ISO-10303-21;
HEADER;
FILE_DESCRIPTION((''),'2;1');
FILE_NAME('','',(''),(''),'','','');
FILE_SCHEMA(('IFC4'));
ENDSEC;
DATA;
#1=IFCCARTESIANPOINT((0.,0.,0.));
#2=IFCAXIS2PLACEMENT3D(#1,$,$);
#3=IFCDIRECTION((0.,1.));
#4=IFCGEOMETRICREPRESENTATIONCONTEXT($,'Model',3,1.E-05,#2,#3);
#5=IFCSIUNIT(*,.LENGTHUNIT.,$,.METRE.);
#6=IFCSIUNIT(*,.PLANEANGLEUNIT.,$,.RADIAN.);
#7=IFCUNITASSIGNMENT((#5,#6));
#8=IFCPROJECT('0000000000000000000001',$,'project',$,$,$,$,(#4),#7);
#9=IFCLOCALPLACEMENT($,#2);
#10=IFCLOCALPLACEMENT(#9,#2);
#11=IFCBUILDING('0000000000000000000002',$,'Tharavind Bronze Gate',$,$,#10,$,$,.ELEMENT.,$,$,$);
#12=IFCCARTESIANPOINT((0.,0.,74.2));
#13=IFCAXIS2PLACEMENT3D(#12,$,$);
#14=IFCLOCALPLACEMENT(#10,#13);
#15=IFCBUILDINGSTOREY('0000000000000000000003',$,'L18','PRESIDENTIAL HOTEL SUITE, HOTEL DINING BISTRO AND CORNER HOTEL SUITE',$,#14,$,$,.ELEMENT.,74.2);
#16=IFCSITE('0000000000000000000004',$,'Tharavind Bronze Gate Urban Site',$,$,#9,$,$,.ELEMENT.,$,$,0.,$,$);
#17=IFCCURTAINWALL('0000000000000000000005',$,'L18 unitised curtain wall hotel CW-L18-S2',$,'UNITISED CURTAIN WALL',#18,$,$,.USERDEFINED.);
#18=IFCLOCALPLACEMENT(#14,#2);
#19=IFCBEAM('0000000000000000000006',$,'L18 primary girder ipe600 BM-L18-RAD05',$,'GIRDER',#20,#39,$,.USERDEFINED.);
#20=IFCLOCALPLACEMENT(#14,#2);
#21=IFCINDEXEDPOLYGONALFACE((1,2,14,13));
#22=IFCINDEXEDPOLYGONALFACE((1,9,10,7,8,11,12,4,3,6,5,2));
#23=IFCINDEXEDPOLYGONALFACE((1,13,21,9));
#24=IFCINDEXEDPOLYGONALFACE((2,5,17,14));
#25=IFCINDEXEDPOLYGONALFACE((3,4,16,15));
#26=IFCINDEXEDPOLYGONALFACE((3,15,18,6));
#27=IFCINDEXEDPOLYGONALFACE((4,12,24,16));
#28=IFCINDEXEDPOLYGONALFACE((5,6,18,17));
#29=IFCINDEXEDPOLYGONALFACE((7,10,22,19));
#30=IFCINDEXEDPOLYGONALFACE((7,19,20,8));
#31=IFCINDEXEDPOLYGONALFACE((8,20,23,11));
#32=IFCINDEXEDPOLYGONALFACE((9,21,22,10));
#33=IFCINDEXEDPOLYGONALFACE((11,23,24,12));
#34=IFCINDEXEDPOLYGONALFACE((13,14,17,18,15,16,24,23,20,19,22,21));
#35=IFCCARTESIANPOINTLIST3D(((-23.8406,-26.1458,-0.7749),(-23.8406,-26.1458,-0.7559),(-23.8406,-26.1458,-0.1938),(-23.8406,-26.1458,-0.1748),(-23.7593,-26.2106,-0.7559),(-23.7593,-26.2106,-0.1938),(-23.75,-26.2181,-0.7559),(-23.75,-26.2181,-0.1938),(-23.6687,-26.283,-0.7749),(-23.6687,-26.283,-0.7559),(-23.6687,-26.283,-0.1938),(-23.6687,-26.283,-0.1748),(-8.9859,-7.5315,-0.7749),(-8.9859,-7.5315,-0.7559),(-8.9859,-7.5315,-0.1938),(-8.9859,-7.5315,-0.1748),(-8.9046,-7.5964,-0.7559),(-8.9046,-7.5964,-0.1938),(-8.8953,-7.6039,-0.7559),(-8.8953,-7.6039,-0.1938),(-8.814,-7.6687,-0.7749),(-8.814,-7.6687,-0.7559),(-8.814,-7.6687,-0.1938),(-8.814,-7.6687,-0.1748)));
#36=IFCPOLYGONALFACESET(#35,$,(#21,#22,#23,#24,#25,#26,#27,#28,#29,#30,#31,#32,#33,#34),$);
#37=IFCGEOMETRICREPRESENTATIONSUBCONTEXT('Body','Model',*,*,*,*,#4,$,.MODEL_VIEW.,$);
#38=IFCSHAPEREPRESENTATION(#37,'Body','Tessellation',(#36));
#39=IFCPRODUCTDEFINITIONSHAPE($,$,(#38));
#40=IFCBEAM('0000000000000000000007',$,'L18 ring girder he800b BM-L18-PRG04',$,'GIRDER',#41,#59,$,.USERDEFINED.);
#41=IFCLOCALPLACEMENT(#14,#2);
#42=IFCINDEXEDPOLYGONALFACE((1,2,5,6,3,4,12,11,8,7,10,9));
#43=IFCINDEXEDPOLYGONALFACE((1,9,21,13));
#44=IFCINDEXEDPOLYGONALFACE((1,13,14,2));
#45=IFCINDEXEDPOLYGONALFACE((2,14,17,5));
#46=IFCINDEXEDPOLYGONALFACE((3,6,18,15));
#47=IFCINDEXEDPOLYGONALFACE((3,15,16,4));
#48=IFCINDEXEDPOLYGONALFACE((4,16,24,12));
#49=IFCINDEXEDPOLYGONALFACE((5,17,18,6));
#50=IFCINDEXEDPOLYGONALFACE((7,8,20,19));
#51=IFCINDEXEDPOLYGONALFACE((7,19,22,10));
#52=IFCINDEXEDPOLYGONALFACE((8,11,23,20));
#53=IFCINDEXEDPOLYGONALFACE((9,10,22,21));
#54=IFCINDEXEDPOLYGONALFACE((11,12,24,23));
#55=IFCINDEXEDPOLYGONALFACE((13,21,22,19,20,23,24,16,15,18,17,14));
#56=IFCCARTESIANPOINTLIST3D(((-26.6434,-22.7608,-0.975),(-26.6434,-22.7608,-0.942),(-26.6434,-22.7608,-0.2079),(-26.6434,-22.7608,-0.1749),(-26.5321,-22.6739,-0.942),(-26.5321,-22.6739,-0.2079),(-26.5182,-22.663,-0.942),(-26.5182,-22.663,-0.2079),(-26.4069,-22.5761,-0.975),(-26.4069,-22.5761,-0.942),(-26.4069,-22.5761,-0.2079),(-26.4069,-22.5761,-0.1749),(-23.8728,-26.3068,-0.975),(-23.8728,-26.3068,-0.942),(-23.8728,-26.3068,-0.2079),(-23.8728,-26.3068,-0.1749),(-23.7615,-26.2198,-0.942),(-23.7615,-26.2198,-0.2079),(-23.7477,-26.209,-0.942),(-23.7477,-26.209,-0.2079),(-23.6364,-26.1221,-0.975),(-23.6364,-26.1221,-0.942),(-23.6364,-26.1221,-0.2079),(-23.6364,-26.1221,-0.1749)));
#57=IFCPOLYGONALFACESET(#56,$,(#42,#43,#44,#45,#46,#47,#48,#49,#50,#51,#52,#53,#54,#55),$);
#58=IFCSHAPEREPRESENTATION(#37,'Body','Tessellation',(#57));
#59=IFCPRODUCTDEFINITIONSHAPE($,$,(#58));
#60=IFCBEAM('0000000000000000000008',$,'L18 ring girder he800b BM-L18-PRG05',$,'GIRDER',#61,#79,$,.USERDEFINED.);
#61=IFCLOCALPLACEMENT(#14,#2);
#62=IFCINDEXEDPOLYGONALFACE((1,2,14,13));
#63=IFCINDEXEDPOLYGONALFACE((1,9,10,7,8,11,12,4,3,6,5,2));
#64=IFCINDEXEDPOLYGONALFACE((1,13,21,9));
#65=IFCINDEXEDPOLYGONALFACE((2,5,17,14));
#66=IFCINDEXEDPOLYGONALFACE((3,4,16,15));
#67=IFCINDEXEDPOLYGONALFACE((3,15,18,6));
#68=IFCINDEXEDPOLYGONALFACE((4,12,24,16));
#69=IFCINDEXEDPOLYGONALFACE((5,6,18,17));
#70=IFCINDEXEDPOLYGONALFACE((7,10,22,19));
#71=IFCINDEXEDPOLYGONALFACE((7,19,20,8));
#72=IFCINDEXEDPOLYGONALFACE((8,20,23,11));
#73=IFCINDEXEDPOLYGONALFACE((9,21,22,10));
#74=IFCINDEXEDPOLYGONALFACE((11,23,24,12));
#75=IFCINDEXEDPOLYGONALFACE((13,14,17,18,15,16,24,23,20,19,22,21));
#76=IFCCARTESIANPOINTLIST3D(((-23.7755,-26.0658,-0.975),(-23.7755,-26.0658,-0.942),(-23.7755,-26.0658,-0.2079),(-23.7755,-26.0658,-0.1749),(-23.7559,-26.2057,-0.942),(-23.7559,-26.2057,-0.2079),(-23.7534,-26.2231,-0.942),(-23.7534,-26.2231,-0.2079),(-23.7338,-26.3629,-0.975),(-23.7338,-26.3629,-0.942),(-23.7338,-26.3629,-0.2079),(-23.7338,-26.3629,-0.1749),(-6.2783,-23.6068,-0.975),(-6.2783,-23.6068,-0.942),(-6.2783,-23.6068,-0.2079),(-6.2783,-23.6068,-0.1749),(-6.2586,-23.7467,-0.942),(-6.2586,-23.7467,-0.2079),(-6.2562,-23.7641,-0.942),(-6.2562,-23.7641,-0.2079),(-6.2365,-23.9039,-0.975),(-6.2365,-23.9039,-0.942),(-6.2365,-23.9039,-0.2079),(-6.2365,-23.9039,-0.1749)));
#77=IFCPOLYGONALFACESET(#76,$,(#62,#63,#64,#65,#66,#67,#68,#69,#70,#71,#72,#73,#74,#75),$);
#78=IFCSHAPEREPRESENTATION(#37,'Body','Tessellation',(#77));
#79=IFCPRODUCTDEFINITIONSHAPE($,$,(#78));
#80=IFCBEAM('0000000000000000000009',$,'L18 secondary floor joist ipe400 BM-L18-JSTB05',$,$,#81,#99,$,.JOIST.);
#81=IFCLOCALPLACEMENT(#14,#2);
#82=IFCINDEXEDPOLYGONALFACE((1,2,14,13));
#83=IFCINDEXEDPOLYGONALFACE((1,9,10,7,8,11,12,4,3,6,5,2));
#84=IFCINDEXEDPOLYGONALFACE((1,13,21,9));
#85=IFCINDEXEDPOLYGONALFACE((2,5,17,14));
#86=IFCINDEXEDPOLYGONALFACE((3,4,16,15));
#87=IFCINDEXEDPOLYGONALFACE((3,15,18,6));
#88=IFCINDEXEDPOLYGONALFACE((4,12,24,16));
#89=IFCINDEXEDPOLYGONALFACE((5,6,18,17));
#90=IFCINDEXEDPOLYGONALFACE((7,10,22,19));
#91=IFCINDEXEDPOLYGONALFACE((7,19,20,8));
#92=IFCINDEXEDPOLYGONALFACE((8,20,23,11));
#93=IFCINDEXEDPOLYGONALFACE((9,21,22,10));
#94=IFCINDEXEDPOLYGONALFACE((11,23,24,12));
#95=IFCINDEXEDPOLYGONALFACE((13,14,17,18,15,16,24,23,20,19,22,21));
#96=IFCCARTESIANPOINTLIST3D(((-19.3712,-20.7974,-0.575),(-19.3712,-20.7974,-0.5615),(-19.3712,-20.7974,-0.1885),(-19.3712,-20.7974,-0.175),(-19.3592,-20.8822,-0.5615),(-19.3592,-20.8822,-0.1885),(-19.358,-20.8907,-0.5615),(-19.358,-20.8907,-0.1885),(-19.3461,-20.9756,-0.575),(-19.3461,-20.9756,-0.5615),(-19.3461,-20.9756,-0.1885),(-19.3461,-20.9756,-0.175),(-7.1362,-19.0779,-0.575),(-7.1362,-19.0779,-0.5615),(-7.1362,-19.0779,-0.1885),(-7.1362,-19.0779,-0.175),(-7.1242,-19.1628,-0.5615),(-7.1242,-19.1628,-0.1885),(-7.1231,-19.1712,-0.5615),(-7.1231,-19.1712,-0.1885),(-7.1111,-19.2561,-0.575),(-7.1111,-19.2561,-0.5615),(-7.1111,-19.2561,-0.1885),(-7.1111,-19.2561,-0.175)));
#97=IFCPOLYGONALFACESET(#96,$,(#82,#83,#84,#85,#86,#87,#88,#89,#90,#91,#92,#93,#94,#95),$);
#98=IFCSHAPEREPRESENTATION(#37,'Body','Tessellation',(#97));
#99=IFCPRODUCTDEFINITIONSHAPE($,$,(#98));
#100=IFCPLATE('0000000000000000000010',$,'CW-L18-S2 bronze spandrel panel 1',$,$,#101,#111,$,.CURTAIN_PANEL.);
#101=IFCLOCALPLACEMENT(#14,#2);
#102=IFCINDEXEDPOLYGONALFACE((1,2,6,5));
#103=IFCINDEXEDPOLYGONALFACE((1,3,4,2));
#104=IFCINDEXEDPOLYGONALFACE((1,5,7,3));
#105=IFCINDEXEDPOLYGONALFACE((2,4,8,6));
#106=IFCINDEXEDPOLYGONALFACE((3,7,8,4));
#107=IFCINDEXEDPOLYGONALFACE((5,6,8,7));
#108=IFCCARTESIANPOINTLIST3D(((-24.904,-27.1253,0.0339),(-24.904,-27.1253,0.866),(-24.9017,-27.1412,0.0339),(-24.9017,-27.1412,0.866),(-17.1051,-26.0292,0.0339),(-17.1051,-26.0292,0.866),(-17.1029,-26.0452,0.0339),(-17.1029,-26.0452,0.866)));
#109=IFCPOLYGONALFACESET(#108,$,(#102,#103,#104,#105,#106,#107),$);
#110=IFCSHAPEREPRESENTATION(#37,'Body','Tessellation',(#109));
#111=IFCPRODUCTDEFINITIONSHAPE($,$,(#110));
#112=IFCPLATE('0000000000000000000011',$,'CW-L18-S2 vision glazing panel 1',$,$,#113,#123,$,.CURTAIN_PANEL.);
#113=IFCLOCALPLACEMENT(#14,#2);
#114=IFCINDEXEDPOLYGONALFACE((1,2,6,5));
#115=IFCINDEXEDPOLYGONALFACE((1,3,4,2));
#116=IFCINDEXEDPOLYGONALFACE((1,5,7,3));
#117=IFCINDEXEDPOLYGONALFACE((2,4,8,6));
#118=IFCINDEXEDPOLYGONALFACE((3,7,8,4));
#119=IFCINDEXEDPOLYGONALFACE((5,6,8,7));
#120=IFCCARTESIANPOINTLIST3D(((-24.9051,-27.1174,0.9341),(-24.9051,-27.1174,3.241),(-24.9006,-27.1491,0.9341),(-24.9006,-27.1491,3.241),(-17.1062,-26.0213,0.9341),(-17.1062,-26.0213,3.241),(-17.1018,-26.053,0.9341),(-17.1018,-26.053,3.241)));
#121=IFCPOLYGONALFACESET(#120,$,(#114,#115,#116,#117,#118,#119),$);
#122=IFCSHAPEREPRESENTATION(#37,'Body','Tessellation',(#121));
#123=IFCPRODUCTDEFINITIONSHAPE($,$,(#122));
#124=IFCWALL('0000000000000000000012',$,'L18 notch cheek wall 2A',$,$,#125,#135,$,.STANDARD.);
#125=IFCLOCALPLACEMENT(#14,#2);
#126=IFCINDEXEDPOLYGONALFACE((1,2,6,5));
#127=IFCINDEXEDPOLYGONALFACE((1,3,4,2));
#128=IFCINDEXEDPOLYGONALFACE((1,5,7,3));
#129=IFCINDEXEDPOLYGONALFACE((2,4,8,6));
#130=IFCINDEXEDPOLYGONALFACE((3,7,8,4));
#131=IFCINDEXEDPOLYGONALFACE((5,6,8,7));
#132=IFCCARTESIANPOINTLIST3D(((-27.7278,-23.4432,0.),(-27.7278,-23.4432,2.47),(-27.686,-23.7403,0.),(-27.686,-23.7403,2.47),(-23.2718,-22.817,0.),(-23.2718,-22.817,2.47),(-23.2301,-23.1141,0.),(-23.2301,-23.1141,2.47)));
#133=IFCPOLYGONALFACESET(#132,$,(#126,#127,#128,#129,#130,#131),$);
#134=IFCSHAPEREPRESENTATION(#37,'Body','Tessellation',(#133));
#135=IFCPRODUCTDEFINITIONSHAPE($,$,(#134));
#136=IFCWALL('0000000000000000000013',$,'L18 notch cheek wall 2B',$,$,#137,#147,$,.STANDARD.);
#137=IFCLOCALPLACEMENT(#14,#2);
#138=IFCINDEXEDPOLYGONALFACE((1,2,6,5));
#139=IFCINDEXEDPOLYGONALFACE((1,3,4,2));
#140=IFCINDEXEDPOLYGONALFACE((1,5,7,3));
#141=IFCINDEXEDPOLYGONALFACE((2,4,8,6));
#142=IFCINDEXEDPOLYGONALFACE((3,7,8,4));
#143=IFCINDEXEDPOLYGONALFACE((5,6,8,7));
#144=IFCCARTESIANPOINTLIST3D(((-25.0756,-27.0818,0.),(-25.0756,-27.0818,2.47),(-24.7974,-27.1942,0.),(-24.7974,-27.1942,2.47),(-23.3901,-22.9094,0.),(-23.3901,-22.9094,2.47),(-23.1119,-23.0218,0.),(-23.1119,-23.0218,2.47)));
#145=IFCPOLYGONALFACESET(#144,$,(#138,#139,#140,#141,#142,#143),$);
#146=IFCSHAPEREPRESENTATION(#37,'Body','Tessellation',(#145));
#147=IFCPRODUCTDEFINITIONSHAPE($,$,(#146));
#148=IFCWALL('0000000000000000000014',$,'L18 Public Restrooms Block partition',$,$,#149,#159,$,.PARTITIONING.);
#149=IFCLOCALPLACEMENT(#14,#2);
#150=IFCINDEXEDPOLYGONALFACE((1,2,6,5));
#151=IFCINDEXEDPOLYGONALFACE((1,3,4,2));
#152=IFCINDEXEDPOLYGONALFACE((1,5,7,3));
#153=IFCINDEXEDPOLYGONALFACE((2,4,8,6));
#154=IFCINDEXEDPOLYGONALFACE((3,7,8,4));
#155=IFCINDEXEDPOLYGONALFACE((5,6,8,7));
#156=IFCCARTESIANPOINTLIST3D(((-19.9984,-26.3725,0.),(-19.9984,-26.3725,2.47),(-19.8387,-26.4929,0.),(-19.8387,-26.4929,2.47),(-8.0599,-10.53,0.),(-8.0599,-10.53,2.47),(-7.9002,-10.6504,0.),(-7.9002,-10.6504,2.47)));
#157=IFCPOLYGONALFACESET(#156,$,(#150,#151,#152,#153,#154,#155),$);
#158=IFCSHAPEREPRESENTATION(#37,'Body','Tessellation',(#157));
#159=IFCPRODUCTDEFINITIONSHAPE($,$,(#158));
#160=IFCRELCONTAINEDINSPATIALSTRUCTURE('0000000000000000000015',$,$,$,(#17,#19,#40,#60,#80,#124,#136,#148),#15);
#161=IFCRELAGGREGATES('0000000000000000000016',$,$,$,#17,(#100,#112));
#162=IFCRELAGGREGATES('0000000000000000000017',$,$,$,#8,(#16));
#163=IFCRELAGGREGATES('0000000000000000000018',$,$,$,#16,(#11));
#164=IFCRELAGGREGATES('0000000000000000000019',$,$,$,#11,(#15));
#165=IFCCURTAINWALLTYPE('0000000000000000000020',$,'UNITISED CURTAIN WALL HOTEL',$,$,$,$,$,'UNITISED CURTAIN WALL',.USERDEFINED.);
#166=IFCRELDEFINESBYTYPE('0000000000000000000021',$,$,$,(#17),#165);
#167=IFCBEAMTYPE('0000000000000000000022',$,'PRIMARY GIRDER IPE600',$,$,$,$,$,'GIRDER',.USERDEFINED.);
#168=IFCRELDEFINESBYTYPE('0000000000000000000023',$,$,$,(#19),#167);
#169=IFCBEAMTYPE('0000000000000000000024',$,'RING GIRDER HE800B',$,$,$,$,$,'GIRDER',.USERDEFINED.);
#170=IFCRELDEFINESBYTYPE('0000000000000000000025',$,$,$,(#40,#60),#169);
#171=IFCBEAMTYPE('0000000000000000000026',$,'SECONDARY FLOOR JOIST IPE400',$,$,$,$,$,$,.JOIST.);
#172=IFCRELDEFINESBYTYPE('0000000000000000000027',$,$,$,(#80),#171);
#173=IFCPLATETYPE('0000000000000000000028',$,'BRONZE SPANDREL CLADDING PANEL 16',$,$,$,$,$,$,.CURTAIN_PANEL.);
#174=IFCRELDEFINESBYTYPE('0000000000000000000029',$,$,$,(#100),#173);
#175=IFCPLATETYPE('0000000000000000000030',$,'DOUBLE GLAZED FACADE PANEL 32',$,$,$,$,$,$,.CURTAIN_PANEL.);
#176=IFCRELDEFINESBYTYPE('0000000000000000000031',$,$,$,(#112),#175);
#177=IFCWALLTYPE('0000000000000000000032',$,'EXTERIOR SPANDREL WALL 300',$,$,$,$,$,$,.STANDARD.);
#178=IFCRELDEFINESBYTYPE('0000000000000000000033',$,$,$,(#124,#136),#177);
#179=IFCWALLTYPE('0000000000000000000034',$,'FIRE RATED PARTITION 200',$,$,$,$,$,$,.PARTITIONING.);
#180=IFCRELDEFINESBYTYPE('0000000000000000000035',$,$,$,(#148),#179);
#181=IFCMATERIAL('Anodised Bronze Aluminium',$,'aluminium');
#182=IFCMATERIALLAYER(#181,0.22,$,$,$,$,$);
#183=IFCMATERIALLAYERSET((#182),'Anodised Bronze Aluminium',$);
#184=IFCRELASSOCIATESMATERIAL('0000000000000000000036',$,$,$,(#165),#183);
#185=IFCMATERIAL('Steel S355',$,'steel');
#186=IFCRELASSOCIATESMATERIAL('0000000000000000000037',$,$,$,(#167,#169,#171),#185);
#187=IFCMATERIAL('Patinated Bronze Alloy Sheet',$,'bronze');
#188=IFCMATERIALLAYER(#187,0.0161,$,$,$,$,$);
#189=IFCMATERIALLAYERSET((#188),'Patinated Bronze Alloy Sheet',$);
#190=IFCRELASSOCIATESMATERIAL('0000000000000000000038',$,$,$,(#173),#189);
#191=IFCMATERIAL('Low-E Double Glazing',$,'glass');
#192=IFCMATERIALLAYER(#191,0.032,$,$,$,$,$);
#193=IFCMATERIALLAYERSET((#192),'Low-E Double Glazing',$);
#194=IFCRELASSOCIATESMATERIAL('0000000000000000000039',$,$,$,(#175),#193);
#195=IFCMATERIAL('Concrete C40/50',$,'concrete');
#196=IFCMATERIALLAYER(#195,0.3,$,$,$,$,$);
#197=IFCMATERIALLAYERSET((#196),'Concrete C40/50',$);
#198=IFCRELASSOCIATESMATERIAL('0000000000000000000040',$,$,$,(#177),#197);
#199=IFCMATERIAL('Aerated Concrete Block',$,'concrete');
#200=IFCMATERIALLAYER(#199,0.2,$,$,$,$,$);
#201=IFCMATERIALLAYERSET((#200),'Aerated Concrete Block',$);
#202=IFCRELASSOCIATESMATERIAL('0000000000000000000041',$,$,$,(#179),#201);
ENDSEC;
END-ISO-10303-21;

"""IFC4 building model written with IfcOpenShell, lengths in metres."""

from ifc_helpers import new_model, si_unit, direction, frame, frame_2d, origin, origin_2d, place, context, subcontext, project, spatial, rectangle, i_section, extrude, material, layer, layer_set, material_profile, profile_set, type_object, element, aggregate, save


model = new_model("IFC4")

# Units and contexts
model_context = context("Model", 3, precision=1e-05, world=origin(), true_north=direction((0.0, 1.0)))
body_context = subcontext(model_context, "Body", "Model", "MODEL_VIEW")
ifc_project = project(units=[si_unit("LENGTHUNIT", "METRE"), si_unit("PLANEANGLEUNIT", "RADIAN")], contexts=[model_context])

# Site, building, storey
site_placement = place(None, origin())
site = spatial("IfcSite", under=ifc_project, at=site_placement, Name="Tharavind Bronze Gate Urban Site", CompositionType="ELEMENT", RefElevation=0.0)
building_placement = place(site_placement, origin())
building = spatial("IfcBuilding", under=site, at=building_placement, Name="Tharavind Bronze Gate", CompositionType="ELEMENT")
storey_placement = place(building_placement, frame((0.0, 0.0, 74.2)))
storey = spatial("IfcBuildingStorey", under=building, at=storey_placement, Name="L18", Description="PRESIDENTIAL HOTEL SUITE, HOTEL DINING BISTRO AND CORNER HOTEL SUITE", CompositionType="ELEMENT", Elevation=74.2)

# Shared definitions
ifc_material_1 = material(Name="Anodised Bronze Aluminium", Category="aluminium")
ifc_layer_1 = layer(ifc_material_1, 0.22)
ifc_layer_set_1 = layer_set([ifc_layer_1], Name="Anodised Bronze Aluminium")
curtain_wall_type = type_object("IfcCurtainWallType", Name="UNITISED CURTAIN WALL HOTEL", ElementType="UNITISED CURTAIN WALL", PredefinedType="USERDEFINED", material=ifc_layer_set_1)

# Curtain wall
curtain_wall_1_placement = place(storey_placement, origin())
curtain_wall_1 = element("IfcCurtainWall", 1, at=curtain_wall_1_placement, inside=storey, type_object=curtain_wall_type, Name="L18 unitised curtain wall hotel CW-L18-S2", ObjectType="UNITISED CURTAIN WALL", PredefinedType="USERDEFINED")

# Beams
ifc_material_2 = material(Name="Steel S355", Category="steel")
ifc_material_profile_1 = material_profile(ifc_material_2, i_section(OverallWidth=0.22, OverallDepth=0.6001, WebThickness=0.012, FlangeThickness=0.019, at=origin_2d()), Name="IPE600")
ifc_profile_set_1 = profile_set([ifc_material_profile_1], Name="Steel S355")
beam_type_1 = type_object("IfcBeamType", Name="PRIMARY GIRDER IPE600", ElementType="GIRDER", PredefinedType="USERDEFINED", material=ifc_profile_set_1)
beam_1_placement = place(storey_placement, frame((-23.7546, -26.2144, -0.4749), z_axis=(0.623756, 0.781619, 0.0), x_axis=(-0.781619, 0.623756, 0.0)))
element("IfcBeam", 2, at=beam_1_placement, inside=storey, type_object=beam_type_1, Name="L18 primary girder ipe600 BM-L18-RAD05", ObjectType="GIRDER", PredefinedType="USERDEFINED", context=body_context, shape_type="SweptSolid", body=[
    extrude(i_section(OverallWidth=0.22, OverallDepth=0.6001, WebThickness=0.012, FlangeThickness=0.019, at=origin_2d()), origin(), (0.0, 0.0, 1.0), 23.8149),
])
ifc_material_profile_2 = material_profile(ifc_material_2, i_section(OverallWidth=0.3, OverallDepth=0.8, WebThickness=0.0176, FlangeThickness=0.033, at=origin_2d()), Name="HE800B")
ifc_profile_set_2 = profile_set([ifc_material_profile_2], Name="Steel S355")
beam_type_2 = type_object("IfcBeamType", Name="RING GIRDER HE800B", ElementType="GIRDER", PredefinedType="USERDEFINED", material=ifc_profile_set_2)
beam_2_placement = place(storey_placement, frame((-26.5251, -22.6685, -0.575), z_axis=(0.615682, -0.787995, 0.0), x_axis=(0.787995, 0.615682, 0.0)))
element("IfcBeam", 3, at=beam_2_placement, inside=storey, type_object=beam_type_2, Name="L18 ring girder he800b BM-L18-PRG04", ObjectType="GIRDER", PredefinedType="USERDEFINED", context=body_context, shape_type="SweptSolid", body=[
    extrude(i_section(OverallWidth=0.3, OverallDepth=0.8, WebThickness=0.0176, FlangeThickness=0.033, at=origin_2d()), origin(), (0.0, 0.0, 1.0), 4.5),
])
beam_3_placement = place(storey_placement, frame((-23.7546, -26.2144, -0.575), z_axis=(0.990269, 0.139167, 0.0), x_axis=(-0.139167, 0.990269, 0.0)))
element("IfcBeam", 4, at=beam_3_placement, inside=storey, type_object=beam_type_2, Name="L18 ring girder he800b BM-L18-PRG05", ObjectType="GIRDER", PredefinedType="USERDEFINED", context=body_context, shape_type="SweptSolid", body=[
    extrude(i_section(OverallWidth=0.3, OverallDepth=0.8, WebThickness=0.0176, FlangeThickness=0.033, at=origin_2d()), origin(), (0.0, 0.0, 1.0), 17.6692),
])
ifc_material_profile_3 = material_profile(ifc_material_2, i_section(OverallWidth=0.1799, OverallDepth=0.3999, WebThickness=0.0085, FlangeThickness=0.0134, at=origin_2d()), Name="IPE400")
ifc_profile_set_3 = profile_set([ifc_material_profile_3], Name="Steel S355")
beam_type_3 = type_object("IfcBeamType", Name="SECONDARY FLOOR JOIST IPE400", PredefinedType="JOIST", material=ifc_profile_set_3)
beam_4_placement = place(storey_placement, frame((-19.3586, -20.8865, -0.375), z_axis=(0.990269, 0.139169, 0.0), x_axis=(-0.139169, 0.990269, 0.0)))
element("IfcBeam", 5, at=beam_4_placement, inside=storey, type_object=beam_type_3, Name="L18 secondary floor joist ipe400 BM-L18-JSTB05", PredefinedType="JOIST", context=body_context, shape_type="SweptSolid", body=[
    extrude(i_section(OverallWidth=0.1799, OverallDepth=0.3999, WebThickness=0.0085, FlangeThickness=0.0134, at=origin_2d()), origin(), (0.0, 0.0, 1.0), 12.3552),
])

# Plates
ifc_material_3 = material(Name="Patinated Bronze Alloy Sheet", Category="bronze")
ifc_layer_2 = layer(ifc_material_3, 0.0161)
ifc_layer_set_2 = layer_set([ifc_layer_2], Name="Patinated Bronze Alloy Sheet")
plate_type_1 = type_object("IfcPlateType", Name="BRONZE SPANDREL CLADDING PANEL 16", PredefinedType="CURTAIN_PANEL", material=ifc_layer_set_2)
plate_1_placement = place(storey_placement, frame((-21.0034, -26.5852, 0.0339), z_axis=(0.0, 0.0, 1.0), x_axis=(0.990268, 0.139173, 0.0)))
plate_1 = element("IfcPlate", 6, at=plate_1_placement, type_object=plate_type_1, Name="CW-L18-S2 bronze spandrel panel 1", PredefinedType="CURTAIN_PANEL", context=body_context, shape_type="SweptSolid", body=[
    extrude(rectangle(XDim=7.8755, YDim=0.0161, at=origin_2d()), origin(), (0.0, 0.0, 1.0), 0.832),
])
ifc_material_4 = material(Name="Low-E Double Glazing", Category="glass")
ifc_layer_3 = layer(ifc_material_4, 0.032)
ifc_layer_set_3 = layer_set([ifc_layer_3], Name="Low-E Double Glazing")
plate_type_2 = type_object("IfcPlateType", Name="DOUBLE GLAZED FACADE PANEL 32", PredefinedType="CURTAIN_PANEL", material=ifc_layer_set_3)
plate_2_placement = place(storey_placement, frame((-21.0034, -26.5852, 0.9341), z_axis=(0.0, 0.0, 1.0), x_axis=(0.990268, 0.139173, 0.0)))
plate_2 = element("IfcPlate", 7, at=plate_2_placement, type_object=plate_type_2, Name="CW-L18-S2 vision glazing panel 1", PredefinedType="CURTAIN_PANEL", context=body_context, shape_type="SweptSolid", body=[
    extrude(rectangle(XDim=7.8755, YDim=0.032, at=origin_2d()), origin(), (0.0, 0.0, 1.0), 2.3069),
])
aggregate(curtain_wall_1, [plate_1, plate_2])

# Walls
ifc_material_5 = material(Name="Concrete C40/50", Category="concrete")
ifc_layer_4 = layer(ifc_material_5, 0.3)
ifc_layer_set_4 = layer_set([ifc_layer_4], Name="Concrete C40/50")
wall_type_1 = type_object("IfcWallType", Name="EXTERIOR SPANDREL WALL 300", PredefinedType="STANDARD", material=ifc_layer_set_4)
wall_1_placement = place(storey_placement, frame((-27.707, -23.5918, 0.0), z_axis=(0.0, 0.0, 1.0), x_axis=(0.990269, 0.139165, 0.0)))
element("IfcWall", 8, at=wall_1_placement, inside=storey, type_object=wall_type_1, Name="L18 notch cheek wall 2A", PredefinedType="STANDARD", context=body_context, shape_type="SweptSolid", body=[
    extrude(rectangle(XDim=4.4998, YDim=0.3, at=frame_2d((2.25, 0.0))), origin(), (0.0, 0.0, 1.0), 2.47),
])
wall_2_placement = place(storey_placement, frame((-23.251, -22.9656, 0.0), z_axis=(0.0, 0.0, 1.0), x_axis=(-0.374569, -0.927199, 0.0)))
element("IfcWall", 9, at=wall_2_placement, inside=storey, type_object=wall_type_1, Name="L18 notch cheek wall 2B", PredefinedType="STANDARD", context=body_context, shape_type="SweptSolid", body=[
    extrude(rectangle(XDim=4.5, YDim=0.3, at=frame_2d((2.25, 0.0))), origin(), (0.0, 0.0, 1.0), 2.47),
])
ifc_material_6 = material(Name="Aerated Concrete Block", Category="concrete")
ifc_layer_5 = layer(ifc_material_6, 0.2)
ifc_layer_set_5 = layer_set([ifc_layer_5], Name="Aerated Concrete Block")
wall_type_2 = type_object("IfcWallType", Name="FIRE RATED PARTITION 200", PredefinedType="PARTITIONING", material=ifc_layer_set_5)
wall_3_placement = place(storey_placement, frame((-19.9185, -26.4326, 0.0), z_axis=(0.0, 0.0, 1.0), x_axis=(0.601824, 0.798629, 0.0)))
element("IfcWall", 10, at=wall_3_placement, inside=storey, type_object=wall_type_2, Name="L18 Public Restrooms Block partition", PredefinedType="PARTITIONING", context=body_context, shape_type="SweptSolid", body=[
    extrude(rectangle(XDim=19.8372, YDim=0.2, at=frame_2d((9.9185, 0.0))), origin(), (0.0, 0.0, 1.0), 2.47),
])

save(model, "model.ifc")
